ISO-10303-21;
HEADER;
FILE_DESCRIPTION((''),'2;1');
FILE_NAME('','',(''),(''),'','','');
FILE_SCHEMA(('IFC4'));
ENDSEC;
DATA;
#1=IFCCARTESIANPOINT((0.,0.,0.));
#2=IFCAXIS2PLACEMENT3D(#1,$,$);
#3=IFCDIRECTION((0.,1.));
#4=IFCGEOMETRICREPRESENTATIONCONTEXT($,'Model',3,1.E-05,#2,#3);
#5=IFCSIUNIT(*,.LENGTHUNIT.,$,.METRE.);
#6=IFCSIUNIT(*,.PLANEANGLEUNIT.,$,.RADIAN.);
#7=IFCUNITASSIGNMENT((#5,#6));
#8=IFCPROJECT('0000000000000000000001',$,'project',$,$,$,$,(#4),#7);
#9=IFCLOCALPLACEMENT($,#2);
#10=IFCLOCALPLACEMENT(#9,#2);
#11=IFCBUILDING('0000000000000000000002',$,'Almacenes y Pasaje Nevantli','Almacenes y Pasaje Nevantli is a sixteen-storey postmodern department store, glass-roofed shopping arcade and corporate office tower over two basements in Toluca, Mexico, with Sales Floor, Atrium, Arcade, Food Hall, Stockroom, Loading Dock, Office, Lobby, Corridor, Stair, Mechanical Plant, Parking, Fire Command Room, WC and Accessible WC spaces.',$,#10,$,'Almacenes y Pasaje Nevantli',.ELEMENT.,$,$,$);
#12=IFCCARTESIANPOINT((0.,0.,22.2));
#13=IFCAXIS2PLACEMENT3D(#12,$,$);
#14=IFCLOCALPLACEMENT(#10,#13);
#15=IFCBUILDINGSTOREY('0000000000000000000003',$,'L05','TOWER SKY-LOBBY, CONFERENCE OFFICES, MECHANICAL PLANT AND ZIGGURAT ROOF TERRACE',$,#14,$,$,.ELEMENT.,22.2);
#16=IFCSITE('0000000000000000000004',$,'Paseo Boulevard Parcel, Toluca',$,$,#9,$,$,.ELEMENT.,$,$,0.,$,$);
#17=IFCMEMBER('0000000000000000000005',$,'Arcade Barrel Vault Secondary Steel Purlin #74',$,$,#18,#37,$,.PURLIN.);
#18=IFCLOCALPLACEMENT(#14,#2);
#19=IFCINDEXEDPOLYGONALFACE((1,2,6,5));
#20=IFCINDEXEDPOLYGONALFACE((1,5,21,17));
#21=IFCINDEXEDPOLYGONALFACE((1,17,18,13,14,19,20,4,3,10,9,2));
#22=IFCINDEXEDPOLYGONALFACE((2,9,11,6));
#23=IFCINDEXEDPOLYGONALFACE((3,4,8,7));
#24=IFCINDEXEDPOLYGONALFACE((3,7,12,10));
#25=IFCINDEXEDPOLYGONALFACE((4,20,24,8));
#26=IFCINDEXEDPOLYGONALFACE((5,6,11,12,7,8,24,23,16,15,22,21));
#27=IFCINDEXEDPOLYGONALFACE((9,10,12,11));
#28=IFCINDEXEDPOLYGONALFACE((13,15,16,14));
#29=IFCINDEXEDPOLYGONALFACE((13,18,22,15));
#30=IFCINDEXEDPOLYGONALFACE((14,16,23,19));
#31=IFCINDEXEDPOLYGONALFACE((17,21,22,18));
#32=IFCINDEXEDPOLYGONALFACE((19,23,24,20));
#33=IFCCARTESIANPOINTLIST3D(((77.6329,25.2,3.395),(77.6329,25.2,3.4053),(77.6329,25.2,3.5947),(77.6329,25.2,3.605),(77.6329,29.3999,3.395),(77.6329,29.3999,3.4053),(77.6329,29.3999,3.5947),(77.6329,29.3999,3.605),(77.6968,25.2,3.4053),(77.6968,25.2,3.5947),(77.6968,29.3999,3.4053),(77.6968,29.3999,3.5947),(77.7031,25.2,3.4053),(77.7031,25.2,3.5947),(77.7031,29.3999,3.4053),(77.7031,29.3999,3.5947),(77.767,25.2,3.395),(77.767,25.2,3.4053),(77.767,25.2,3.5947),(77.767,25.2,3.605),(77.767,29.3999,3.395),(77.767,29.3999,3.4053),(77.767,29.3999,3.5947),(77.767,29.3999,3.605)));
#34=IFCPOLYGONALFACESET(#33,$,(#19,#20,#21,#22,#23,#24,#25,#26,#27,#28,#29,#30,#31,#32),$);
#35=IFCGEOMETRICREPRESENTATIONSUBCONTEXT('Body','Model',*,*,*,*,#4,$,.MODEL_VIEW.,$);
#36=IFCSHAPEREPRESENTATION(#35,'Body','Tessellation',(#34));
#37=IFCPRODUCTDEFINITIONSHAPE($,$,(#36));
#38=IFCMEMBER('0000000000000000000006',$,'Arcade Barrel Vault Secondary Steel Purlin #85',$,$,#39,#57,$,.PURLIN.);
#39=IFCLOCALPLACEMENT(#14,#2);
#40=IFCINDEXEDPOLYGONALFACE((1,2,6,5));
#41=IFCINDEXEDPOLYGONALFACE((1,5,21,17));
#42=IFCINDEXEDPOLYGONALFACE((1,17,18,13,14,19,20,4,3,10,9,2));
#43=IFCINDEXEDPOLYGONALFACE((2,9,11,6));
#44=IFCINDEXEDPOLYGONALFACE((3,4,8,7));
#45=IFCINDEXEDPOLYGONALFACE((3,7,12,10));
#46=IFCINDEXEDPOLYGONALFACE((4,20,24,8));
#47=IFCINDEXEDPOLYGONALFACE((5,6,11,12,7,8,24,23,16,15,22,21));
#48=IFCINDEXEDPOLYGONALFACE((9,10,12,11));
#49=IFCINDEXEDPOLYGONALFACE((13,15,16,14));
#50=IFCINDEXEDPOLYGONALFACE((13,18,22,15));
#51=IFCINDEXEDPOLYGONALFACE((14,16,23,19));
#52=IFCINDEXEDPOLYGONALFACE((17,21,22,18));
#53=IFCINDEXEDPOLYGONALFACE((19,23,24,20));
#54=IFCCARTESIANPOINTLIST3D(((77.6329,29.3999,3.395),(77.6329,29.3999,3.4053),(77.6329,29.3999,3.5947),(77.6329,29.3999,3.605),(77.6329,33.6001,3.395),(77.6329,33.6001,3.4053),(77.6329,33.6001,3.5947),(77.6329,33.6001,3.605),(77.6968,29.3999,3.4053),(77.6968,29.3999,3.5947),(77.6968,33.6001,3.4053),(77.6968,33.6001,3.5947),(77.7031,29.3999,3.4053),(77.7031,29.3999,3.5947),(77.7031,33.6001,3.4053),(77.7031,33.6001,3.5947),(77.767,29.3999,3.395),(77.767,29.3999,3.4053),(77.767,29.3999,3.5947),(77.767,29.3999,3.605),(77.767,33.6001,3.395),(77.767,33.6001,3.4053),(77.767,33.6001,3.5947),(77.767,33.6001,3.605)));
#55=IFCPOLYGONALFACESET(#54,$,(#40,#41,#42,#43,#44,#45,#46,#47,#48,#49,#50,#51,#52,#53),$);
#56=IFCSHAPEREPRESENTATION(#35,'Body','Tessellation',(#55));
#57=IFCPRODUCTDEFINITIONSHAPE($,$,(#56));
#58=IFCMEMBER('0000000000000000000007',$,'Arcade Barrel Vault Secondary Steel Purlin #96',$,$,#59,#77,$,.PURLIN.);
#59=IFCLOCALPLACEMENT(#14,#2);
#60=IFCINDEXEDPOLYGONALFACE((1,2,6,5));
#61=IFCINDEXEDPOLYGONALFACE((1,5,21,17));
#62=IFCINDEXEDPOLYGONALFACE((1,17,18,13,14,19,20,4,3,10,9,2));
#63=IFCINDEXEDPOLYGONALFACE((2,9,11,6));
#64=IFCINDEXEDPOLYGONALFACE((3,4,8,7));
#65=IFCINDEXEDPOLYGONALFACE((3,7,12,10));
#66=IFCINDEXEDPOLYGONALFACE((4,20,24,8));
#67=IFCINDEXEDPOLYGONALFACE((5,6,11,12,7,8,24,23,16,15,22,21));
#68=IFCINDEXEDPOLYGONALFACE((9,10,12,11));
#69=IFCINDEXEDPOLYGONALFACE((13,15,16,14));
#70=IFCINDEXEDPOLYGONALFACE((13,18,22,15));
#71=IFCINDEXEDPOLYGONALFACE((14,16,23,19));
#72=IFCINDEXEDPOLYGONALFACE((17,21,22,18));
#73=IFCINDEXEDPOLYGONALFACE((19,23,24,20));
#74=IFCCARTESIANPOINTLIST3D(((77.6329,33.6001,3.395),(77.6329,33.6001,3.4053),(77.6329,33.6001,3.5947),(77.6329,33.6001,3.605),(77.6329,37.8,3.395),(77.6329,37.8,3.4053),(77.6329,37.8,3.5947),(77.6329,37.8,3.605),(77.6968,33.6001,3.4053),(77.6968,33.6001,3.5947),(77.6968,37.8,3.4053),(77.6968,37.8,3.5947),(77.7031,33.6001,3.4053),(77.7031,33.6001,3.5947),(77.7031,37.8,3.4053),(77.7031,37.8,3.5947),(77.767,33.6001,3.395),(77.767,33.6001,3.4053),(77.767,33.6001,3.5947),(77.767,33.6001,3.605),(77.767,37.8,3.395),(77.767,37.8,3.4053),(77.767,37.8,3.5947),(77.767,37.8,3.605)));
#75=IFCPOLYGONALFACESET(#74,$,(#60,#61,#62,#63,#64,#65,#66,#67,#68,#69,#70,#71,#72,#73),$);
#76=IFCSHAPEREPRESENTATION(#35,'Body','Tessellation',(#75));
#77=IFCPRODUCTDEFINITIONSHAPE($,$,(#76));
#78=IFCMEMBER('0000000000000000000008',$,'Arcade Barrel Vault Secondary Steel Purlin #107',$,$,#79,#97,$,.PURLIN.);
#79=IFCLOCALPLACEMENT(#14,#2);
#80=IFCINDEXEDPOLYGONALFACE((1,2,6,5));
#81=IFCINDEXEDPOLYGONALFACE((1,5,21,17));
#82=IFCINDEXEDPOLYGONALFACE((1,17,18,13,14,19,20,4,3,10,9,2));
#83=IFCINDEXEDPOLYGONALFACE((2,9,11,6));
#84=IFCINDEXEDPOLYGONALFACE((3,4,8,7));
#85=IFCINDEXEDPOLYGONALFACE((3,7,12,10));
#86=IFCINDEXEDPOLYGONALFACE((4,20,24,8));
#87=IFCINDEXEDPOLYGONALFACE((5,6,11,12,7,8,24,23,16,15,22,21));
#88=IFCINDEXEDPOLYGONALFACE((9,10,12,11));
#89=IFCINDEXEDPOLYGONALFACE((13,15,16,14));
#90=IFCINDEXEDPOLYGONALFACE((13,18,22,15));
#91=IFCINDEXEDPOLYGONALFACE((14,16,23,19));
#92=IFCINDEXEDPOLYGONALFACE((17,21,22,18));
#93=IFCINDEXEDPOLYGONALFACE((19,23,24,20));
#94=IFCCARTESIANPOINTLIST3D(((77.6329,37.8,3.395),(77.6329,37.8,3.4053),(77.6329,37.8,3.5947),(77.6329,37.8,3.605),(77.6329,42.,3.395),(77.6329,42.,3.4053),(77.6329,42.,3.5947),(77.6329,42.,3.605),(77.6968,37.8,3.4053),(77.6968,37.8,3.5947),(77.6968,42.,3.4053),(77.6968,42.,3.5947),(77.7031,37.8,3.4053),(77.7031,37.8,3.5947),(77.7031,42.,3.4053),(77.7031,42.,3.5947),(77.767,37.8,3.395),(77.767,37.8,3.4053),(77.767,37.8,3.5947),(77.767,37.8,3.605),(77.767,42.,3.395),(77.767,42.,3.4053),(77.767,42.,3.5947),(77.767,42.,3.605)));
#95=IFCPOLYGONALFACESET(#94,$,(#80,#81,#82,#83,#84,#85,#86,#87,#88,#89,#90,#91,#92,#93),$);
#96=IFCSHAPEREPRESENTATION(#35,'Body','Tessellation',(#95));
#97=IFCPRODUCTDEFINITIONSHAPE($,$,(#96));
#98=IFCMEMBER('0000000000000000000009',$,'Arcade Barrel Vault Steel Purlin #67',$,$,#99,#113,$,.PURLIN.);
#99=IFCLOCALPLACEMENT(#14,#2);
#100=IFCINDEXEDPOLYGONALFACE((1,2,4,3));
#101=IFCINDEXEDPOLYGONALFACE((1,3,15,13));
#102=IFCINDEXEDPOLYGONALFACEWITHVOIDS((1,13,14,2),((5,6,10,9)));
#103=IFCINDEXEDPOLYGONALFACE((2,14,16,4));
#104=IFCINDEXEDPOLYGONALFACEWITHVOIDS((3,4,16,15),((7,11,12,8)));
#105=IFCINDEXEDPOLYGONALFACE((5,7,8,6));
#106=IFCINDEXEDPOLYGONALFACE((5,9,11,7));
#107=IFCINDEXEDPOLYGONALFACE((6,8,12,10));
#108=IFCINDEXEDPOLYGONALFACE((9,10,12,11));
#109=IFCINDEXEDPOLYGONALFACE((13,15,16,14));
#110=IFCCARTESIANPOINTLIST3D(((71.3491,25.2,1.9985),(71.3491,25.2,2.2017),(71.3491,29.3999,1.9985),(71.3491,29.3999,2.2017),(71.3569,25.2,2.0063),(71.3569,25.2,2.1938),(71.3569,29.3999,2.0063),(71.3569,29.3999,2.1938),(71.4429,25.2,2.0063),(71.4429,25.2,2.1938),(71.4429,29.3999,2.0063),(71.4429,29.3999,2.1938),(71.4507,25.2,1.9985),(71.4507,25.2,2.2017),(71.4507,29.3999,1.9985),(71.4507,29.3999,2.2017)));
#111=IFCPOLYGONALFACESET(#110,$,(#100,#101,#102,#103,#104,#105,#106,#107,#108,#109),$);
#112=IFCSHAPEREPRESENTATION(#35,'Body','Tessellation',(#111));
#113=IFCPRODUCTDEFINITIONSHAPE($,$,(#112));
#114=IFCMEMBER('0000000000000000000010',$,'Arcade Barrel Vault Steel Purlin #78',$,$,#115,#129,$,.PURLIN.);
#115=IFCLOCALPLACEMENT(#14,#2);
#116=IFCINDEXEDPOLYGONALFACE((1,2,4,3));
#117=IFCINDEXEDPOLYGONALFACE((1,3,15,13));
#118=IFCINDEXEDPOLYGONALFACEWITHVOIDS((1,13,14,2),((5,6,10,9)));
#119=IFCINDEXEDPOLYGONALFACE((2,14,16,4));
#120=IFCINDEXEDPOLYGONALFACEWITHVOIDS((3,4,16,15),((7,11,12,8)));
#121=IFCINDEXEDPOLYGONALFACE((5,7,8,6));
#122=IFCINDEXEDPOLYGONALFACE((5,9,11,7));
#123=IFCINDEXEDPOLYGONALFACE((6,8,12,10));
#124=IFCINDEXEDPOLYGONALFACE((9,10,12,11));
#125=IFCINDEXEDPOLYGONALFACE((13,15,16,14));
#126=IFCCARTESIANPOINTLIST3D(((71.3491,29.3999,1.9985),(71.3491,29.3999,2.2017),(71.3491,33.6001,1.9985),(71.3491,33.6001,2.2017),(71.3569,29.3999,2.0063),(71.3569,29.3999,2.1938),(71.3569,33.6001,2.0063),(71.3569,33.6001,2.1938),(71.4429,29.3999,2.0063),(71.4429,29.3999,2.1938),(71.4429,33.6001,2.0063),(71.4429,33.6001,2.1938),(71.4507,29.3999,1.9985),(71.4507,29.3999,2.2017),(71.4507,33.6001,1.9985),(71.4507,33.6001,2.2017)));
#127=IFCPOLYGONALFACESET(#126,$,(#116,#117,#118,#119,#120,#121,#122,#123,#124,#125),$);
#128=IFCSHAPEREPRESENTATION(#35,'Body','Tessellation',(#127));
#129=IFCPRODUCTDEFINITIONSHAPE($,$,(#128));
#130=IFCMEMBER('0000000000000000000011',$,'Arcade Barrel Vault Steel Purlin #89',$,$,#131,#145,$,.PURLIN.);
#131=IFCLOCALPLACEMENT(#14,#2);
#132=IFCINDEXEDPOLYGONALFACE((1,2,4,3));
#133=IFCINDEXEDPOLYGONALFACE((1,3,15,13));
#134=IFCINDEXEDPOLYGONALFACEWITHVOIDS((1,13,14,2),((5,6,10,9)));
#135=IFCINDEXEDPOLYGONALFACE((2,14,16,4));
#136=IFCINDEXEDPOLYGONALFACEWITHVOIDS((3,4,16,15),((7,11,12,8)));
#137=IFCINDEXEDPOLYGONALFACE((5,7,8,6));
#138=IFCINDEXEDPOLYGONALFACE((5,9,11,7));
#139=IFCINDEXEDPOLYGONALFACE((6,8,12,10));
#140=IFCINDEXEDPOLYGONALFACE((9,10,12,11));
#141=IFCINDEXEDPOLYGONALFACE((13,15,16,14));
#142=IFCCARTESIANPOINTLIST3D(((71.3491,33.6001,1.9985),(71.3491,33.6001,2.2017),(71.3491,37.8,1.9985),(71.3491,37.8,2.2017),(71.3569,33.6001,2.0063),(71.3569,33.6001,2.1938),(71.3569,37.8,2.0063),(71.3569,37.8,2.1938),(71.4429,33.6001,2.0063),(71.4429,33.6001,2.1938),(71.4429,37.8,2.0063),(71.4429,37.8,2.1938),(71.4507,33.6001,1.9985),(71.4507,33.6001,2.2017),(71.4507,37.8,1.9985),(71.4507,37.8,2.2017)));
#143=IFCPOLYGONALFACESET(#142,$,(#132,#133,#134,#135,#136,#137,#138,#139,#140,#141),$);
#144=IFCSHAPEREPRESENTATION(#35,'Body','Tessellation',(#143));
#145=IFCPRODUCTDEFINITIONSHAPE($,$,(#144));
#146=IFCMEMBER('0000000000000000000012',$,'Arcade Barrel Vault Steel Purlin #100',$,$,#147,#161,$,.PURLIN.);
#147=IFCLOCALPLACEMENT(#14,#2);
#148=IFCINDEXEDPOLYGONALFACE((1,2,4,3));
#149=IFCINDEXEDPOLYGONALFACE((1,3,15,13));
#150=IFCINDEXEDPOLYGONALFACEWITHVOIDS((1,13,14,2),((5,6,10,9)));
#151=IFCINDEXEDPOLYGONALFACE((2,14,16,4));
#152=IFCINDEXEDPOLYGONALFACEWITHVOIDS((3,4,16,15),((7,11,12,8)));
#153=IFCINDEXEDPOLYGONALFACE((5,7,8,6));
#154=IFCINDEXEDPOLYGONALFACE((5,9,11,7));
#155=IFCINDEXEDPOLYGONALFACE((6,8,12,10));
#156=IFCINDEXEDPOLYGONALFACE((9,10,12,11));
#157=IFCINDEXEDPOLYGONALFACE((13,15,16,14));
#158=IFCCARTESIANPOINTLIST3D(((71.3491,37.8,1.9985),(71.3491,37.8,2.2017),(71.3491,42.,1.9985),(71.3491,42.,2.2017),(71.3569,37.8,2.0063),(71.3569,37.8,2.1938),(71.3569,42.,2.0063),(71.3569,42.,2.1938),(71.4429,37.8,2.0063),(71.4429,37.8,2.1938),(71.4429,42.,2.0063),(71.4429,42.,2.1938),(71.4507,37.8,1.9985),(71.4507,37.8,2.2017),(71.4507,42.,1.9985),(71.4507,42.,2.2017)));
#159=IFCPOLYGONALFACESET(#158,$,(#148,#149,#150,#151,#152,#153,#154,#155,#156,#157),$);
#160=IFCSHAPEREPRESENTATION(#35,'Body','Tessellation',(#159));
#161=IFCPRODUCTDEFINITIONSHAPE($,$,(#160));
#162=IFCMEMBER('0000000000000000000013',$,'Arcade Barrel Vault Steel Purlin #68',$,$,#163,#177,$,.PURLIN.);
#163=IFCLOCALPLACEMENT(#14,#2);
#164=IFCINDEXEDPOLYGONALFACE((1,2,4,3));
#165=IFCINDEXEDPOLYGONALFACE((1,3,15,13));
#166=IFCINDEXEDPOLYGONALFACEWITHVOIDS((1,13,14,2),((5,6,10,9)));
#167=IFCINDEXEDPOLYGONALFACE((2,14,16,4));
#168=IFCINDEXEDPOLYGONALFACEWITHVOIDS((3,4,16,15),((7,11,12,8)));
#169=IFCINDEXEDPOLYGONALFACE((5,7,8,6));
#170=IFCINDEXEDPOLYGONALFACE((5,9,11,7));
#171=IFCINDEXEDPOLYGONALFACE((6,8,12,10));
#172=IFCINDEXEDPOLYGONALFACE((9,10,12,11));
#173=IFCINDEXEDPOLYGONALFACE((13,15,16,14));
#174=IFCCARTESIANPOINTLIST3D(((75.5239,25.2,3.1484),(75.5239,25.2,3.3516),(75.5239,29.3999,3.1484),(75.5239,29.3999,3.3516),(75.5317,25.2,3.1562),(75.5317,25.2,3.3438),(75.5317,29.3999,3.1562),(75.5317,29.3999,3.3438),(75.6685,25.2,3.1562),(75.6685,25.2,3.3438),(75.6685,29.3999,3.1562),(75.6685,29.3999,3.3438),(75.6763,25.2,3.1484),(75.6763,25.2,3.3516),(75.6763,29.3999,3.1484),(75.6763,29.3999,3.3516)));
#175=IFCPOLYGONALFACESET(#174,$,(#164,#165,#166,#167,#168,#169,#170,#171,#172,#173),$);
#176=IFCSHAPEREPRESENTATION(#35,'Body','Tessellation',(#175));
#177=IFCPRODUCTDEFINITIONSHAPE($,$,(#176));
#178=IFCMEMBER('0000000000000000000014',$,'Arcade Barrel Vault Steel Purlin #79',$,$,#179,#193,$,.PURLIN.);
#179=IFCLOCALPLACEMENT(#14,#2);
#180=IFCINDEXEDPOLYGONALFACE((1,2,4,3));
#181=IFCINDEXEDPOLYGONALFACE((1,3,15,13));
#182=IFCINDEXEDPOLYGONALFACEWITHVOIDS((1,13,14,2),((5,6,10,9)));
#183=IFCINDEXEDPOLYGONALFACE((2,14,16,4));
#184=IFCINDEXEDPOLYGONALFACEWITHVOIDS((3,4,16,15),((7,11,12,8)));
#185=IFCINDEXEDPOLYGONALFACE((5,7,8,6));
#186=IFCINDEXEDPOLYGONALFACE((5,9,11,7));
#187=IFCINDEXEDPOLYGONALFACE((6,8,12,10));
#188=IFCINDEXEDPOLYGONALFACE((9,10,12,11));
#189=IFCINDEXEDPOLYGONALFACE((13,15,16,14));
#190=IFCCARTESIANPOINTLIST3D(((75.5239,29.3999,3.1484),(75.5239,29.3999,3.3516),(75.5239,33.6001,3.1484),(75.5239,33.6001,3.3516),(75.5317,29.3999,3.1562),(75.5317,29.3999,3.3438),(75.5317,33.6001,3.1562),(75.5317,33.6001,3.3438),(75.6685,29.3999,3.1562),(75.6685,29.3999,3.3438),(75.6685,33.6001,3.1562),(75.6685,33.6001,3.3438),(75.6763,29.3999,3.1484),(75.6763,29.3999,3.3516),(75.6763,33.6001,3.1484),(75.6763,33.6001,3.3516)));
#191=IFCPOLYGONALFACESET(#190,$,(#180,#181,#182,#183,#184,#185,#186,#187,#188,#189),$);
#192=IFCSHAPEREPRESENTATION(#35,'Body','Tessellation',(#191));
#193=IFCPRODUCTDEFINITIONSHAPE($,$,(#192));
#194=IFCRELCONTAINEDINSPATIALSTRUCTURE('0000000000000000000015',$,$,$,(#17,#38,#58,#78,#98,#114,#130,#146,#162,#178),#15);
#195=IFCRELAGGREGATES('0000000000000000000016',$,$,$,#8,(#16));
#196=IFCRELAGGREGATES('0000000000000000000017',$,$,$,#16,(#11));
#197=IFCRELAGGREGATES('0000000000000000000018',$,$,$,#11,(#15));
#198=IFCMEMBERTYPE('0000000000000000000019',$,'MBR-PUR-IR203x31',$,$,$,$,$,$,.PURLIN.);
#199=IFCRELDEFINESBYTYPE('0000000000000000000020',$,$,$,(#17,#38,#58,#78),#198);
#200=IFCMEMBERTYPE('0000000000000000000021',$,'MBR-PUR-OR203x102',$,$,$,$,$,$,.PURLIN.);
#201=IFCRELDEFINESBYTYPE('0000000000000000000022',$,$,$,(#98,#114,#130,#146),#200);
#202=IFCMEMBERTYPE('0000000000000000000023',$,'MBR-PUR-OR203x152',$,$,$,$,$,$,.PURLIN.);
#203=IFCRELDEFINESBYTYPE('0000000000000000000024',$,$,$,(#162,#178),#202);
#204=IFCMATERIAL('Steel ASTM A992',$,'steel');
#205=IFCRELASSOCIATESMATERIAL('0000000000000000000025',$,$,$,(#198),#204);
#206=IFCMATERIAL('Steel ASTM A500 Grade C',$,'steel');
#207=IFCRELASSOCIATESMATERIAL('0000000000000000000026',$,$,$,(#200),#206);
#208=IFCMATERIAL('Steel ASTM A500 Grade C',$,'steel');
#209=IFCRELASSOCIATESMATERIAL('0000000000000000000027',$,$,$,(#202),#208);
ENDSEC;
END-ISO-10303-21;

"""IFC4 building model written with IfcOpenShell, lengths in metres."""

from ifc_helpers import new_model, si_unit, direction, frame, origin, origin_2d, place, context, subcontext, project, spatial, hollow_rectangle, i_section, extrude, material, material_profile, profile_set, type_object, element, save


model = new_model("IFC4")

# Units and contexts
model_context = context("Model", 3, precision=1e-05, world=origin(), true_north=direction((0.0, 1.0)))
body_context = subcontext(model_context, "Body", "Model", "MODEL_VIEW")
ifc_project = project(units=[si_unit("LENGTHUNIT", "METRE"), si_unit("PLANEANGLEUNIT", "RADIAN")], contexts=[model_context])

# Site, building, storey
site_placement = place(None, origin())
site = spatial("IfcSite", under=ifc_project, at=site_placement, Name="Paseo Boulevard Parcel, Toluca", CompositionType="ELEMENT", RefElevation=0.0)
building_placement = place(site_placement, origin())
building = spatial("IfcBuilding", under=site, at=building_placement, Name="Almacenes y Pasaje Nevantli", Description="Almacenes y Pasaje Nevantli is a sixteen-storey postmodern department store, glass-roofed shopping arcade and corporate office tower over two basements in Toluca, Mexico, with Sales Floor, Atrium, Arcade, Food Hall, Stockroom, Loading Dock, Office, Lobby, Corridor, Stair, Mechanical Plant, Parking, Fire Command Room, WC and Accessible WC spaces.", LongName="Almacenes y Pasaje Nevantli", CompositionType="ELEMENT")
storey_placement = place(building_placement, frame((0.0, 0.0, 22.2)))
storey = spatial("IfcBuildingStorey", under=building, at=storey_placement, Name="L05", Description="TOWER SKY-LOBBY, CONFERENCE OFFICES, MECHANICAL PLANT AND ZIGGURAT ROOF TERRACE", CompositionType="ELEMENT", Elevation=22.2)

# Members
ifc_material_1 = material(Name="Steel ASTM A992", Category="steel")
ifc_material_profile_1 = material_profile(ifc_material_1, i_section(OverallWidth=0.134, OverallDepth=0.21, WebThickness=0.0063, FlangeThickness=0.0103, at=origin_2d()), Name="IR 203x31.3")
ifc_profile_set_1 = profile_set([ifc_material_profile_1], Name="Steel ASTM A992")
member_type_1 = type_object("IfcMemberType", Name="MBR-PUR-IR203x31", PredefinedType="PURLIN", material=ifc_profile_set_1)
for number, where, z_axis, x_axis, name in (
    (1, (77.7, 25.2, 3.5), (0.0, 1.0, 0.0), (-1.0, 0.0, 0.0), "Arcade Barrel Vault Secondary Steel Purlin #74"),
):
    element("IfcMember", number, at=place(storey_placement, frame(where, z_axis=z_axis, x_axis=x_axis)), inside=storey, type_object=member_type_1, Name=name, PredefinedType="PURLIN", context=body_context, shape_type="SweptSolid", body=[
        extrude(i_section(OverallWidth=0.134, OverallDepth=0.21, WebThickness=0.0063, FlangeThickness=0.0103, at=origin_2d()), origin(), (0.0, 0.0, 1.0), 4.2),
    ])
member_1_placement = place(storey_placement, frame((77.7, 29.3999, 3.5), z_axis=(0.0, 1.0, 0.0), x_axis=(-1.0, 0.0, 0.0)))
element("IfcMember", 2, at=member_1_placement, inside=storey, type_object=member_type_1, Name="Arcade Barrel Vault Secondary Steel Purlin #85", PredefinedType="PURLIN", context=body_context, shape_type="SweptSolid", body=[
    extrude(i_section(OverallWidth=0.134, OverallDepth=0.21, WebThickness=0.0063, FlangeThickness=0.0103, at=origin_2d()), origin(), (0.0, 0.0, 1.0), 4.2002),
])
for number, where, z_axis, x_axis, name in (
    (3, (77.7, 33.6001, 3.5), (0.0, 1.0, 0.0), (-1.0, 0.0, 0.0), "Arcade Barrel Vault Secondary Steel Purlin #96"),
    (4, (77.7, 37.8, 3.5), (0.0, 1.0, 0.0), (-1.0, 0.0, 0.0), "Arcade Barrel Vault Secondary Steel Purlin #107"),
):
    element("IfcMember", number, at=place(storey_placement, frame(where, z_axis=z_axis, x_axis=x_axis)), inside=storey, type_object=member_type_1, Name=name, PredefinedType="PURLIN", context=body_context, shape_type="SweptSolid", body=[
        extrude(i_section(OverallWidth=0.134, OverallDepth=0.21, WebThickness=0.0063, FlangeThickness=0.0103, at=origin_2d()), origin(), (0.0, 0.0, 1.0), 4.2),
    ])
ifc_material_2 = material(Name="Steel ASTM A500 Grade C", Category="steel")
ifc_material_profile_2 = material_profile(ifc_material_2, hollow_rectangle(XDim=0.1016, YDim=0.2031, WallThickness=0.0078, at=origin_2d()), Name="OR 203x102x7.9")
ifc_profile_set_2 = profile_set([ifc_material_profile_2], Name="Steel ASTM A500 Grade C")
member_type_2 = type_object("IfcMemberType", Name="MBR-PUR-OR203x102", PredefinedType="PURLIN", material=ifc_profile_set_2)
member_2_placement = place(storey_placement, frame((71.3999, 25.2, 2.1001), z_axis=(0.0, 1.0, 0.0), x_axis=(-1.0, 0.0, 0.0)))
element("IfcMember", 5, at=member_2_placement, inside=storey, type_object=member_type_2, Name="Arcade Barrel Vault Steel Purlin #67", PredefinedType="PURLIN", context=body_context, shape_type="SweptSolid", body=[
    extrude(hollow_rectangle(XDim=0.1016, YDim=0.2031, WallThickness=0.0078, at=origin_2d()), origin(), (0.0, 0.0, 1.0), 4.2),
])
member_3_placement = place(storey_placement, frame((71.3999, 29.3999, 2.1001), z_axis=(0.0, 1.0, 0.0), x_axis=(-1.0, 0.0, 0.0)))
element("IfcMember", 6, at=member_3_placement, inside=storey, type_object=member_type_2, Name="Arcade Barrel Vault Steel Purlin #78", PredefinedType="PURLIN", context=body_context, shape_type="SweptSolid", body=[
    extrude(hollow_rectangle(XDim=0.1016, YDim=0.2031, WallThickness=0.0078, at=origin_2d()), origin(), (0.0, 0.0, 1.0), 4.2002),
])
for number, where, z_axis, x_axis, name in (
    (7, (71.3999, 33.6001, 2.1001), (0.0, 1.0, 0.0), (-1.0, 0.0, 0.0), "Arcade Barrel Vault Steel Purlin #89"),
    (8, (71.3999, 37.8, 2.1001), (0.0, 1.0, 0.0), (-1.0, 0.0, 0.0), "Arcade Barrel Vault Steel Purlin #100"),
):
    element("IfcMember", number, at=place(storey_placement, frame(where, z_axis=z_axis, x_axis=x_axis)), inside=storey, type_object=member_type_2, Name=name, PredefinedType="PURLIN", context=body_context, shape_type="SweptSolid", body=[
        extrude(hollow_rectangle(XDim=0.1016, YDim=0.2031, WallThickness=0.0078, at=origin_2d()), origin(), (0.0, 0.0, 1.0), 4.2),
    ])
ifc_material_3 = material(Name="Steel ASTM A500 Grade C", Category="steel")
ifc_material_profile_3 = material_profile(ifc_material_3, hollow_rectangle(XDim=0.1523, YDim=0.2031, WallThickness=0.0078, at=origin_2d()), Name="OR 203x152x7.9")
ifc_profile_set_3 = profile_set([ifc_material_profile_3], Name="Steel ASTM A500 Grade C")
member_type_3 = type_object("IfcMemberType", Name="MBR-PUR-OR203x152", PredefinedType="PURLIN", material=ifc_profile_set_3)
member_4_placement = place(storey_placement, frame((75.6001, 25.2, 3.25), z_axis=(0.0, 1.0, 0.0), x_axis=(-1.0, 0.0, 0.0)))
element("IfcMember", 9, at=member_4_placement, inside=storey, type_object=member_type_3, Name="Arcade Barrel Vault Steel Purlin #68", PredefinedType="PURLIN", context=body_context, shape_type="SweptSolid", body=[
    extrude(hollow_rectangle(XDim=0.1523, YDim=0.2031, WallThickness=0.0078, at=origin_2d()), origin(), (0.0, 0.0, 1.0), 4.2),
])
member_5_placement = place(storey_placement, frame((75.6001, 29.3999, 3.25), z_axis=(0.0, 1.0, 0.0), x_axis=(-1.0, 0.0, 0.0)))
element("IfcMember", 10, at=member_5_placement, inside=storey, type_object=member_type_3, Name="Arcade Barrel Vault Steel Purlin #79", PredefinedType="PURLIN", context=body_context, shape_type="SweptSolid", body=[
    extrude(hollow_rectangle(XDim=0.1523, YDim=0.2031, WallThickness=0.0078, at=origin_2d()), origin(), (0.0, 0.0, 1.0), 4.2002),
])

save(model, "model.ifc")
